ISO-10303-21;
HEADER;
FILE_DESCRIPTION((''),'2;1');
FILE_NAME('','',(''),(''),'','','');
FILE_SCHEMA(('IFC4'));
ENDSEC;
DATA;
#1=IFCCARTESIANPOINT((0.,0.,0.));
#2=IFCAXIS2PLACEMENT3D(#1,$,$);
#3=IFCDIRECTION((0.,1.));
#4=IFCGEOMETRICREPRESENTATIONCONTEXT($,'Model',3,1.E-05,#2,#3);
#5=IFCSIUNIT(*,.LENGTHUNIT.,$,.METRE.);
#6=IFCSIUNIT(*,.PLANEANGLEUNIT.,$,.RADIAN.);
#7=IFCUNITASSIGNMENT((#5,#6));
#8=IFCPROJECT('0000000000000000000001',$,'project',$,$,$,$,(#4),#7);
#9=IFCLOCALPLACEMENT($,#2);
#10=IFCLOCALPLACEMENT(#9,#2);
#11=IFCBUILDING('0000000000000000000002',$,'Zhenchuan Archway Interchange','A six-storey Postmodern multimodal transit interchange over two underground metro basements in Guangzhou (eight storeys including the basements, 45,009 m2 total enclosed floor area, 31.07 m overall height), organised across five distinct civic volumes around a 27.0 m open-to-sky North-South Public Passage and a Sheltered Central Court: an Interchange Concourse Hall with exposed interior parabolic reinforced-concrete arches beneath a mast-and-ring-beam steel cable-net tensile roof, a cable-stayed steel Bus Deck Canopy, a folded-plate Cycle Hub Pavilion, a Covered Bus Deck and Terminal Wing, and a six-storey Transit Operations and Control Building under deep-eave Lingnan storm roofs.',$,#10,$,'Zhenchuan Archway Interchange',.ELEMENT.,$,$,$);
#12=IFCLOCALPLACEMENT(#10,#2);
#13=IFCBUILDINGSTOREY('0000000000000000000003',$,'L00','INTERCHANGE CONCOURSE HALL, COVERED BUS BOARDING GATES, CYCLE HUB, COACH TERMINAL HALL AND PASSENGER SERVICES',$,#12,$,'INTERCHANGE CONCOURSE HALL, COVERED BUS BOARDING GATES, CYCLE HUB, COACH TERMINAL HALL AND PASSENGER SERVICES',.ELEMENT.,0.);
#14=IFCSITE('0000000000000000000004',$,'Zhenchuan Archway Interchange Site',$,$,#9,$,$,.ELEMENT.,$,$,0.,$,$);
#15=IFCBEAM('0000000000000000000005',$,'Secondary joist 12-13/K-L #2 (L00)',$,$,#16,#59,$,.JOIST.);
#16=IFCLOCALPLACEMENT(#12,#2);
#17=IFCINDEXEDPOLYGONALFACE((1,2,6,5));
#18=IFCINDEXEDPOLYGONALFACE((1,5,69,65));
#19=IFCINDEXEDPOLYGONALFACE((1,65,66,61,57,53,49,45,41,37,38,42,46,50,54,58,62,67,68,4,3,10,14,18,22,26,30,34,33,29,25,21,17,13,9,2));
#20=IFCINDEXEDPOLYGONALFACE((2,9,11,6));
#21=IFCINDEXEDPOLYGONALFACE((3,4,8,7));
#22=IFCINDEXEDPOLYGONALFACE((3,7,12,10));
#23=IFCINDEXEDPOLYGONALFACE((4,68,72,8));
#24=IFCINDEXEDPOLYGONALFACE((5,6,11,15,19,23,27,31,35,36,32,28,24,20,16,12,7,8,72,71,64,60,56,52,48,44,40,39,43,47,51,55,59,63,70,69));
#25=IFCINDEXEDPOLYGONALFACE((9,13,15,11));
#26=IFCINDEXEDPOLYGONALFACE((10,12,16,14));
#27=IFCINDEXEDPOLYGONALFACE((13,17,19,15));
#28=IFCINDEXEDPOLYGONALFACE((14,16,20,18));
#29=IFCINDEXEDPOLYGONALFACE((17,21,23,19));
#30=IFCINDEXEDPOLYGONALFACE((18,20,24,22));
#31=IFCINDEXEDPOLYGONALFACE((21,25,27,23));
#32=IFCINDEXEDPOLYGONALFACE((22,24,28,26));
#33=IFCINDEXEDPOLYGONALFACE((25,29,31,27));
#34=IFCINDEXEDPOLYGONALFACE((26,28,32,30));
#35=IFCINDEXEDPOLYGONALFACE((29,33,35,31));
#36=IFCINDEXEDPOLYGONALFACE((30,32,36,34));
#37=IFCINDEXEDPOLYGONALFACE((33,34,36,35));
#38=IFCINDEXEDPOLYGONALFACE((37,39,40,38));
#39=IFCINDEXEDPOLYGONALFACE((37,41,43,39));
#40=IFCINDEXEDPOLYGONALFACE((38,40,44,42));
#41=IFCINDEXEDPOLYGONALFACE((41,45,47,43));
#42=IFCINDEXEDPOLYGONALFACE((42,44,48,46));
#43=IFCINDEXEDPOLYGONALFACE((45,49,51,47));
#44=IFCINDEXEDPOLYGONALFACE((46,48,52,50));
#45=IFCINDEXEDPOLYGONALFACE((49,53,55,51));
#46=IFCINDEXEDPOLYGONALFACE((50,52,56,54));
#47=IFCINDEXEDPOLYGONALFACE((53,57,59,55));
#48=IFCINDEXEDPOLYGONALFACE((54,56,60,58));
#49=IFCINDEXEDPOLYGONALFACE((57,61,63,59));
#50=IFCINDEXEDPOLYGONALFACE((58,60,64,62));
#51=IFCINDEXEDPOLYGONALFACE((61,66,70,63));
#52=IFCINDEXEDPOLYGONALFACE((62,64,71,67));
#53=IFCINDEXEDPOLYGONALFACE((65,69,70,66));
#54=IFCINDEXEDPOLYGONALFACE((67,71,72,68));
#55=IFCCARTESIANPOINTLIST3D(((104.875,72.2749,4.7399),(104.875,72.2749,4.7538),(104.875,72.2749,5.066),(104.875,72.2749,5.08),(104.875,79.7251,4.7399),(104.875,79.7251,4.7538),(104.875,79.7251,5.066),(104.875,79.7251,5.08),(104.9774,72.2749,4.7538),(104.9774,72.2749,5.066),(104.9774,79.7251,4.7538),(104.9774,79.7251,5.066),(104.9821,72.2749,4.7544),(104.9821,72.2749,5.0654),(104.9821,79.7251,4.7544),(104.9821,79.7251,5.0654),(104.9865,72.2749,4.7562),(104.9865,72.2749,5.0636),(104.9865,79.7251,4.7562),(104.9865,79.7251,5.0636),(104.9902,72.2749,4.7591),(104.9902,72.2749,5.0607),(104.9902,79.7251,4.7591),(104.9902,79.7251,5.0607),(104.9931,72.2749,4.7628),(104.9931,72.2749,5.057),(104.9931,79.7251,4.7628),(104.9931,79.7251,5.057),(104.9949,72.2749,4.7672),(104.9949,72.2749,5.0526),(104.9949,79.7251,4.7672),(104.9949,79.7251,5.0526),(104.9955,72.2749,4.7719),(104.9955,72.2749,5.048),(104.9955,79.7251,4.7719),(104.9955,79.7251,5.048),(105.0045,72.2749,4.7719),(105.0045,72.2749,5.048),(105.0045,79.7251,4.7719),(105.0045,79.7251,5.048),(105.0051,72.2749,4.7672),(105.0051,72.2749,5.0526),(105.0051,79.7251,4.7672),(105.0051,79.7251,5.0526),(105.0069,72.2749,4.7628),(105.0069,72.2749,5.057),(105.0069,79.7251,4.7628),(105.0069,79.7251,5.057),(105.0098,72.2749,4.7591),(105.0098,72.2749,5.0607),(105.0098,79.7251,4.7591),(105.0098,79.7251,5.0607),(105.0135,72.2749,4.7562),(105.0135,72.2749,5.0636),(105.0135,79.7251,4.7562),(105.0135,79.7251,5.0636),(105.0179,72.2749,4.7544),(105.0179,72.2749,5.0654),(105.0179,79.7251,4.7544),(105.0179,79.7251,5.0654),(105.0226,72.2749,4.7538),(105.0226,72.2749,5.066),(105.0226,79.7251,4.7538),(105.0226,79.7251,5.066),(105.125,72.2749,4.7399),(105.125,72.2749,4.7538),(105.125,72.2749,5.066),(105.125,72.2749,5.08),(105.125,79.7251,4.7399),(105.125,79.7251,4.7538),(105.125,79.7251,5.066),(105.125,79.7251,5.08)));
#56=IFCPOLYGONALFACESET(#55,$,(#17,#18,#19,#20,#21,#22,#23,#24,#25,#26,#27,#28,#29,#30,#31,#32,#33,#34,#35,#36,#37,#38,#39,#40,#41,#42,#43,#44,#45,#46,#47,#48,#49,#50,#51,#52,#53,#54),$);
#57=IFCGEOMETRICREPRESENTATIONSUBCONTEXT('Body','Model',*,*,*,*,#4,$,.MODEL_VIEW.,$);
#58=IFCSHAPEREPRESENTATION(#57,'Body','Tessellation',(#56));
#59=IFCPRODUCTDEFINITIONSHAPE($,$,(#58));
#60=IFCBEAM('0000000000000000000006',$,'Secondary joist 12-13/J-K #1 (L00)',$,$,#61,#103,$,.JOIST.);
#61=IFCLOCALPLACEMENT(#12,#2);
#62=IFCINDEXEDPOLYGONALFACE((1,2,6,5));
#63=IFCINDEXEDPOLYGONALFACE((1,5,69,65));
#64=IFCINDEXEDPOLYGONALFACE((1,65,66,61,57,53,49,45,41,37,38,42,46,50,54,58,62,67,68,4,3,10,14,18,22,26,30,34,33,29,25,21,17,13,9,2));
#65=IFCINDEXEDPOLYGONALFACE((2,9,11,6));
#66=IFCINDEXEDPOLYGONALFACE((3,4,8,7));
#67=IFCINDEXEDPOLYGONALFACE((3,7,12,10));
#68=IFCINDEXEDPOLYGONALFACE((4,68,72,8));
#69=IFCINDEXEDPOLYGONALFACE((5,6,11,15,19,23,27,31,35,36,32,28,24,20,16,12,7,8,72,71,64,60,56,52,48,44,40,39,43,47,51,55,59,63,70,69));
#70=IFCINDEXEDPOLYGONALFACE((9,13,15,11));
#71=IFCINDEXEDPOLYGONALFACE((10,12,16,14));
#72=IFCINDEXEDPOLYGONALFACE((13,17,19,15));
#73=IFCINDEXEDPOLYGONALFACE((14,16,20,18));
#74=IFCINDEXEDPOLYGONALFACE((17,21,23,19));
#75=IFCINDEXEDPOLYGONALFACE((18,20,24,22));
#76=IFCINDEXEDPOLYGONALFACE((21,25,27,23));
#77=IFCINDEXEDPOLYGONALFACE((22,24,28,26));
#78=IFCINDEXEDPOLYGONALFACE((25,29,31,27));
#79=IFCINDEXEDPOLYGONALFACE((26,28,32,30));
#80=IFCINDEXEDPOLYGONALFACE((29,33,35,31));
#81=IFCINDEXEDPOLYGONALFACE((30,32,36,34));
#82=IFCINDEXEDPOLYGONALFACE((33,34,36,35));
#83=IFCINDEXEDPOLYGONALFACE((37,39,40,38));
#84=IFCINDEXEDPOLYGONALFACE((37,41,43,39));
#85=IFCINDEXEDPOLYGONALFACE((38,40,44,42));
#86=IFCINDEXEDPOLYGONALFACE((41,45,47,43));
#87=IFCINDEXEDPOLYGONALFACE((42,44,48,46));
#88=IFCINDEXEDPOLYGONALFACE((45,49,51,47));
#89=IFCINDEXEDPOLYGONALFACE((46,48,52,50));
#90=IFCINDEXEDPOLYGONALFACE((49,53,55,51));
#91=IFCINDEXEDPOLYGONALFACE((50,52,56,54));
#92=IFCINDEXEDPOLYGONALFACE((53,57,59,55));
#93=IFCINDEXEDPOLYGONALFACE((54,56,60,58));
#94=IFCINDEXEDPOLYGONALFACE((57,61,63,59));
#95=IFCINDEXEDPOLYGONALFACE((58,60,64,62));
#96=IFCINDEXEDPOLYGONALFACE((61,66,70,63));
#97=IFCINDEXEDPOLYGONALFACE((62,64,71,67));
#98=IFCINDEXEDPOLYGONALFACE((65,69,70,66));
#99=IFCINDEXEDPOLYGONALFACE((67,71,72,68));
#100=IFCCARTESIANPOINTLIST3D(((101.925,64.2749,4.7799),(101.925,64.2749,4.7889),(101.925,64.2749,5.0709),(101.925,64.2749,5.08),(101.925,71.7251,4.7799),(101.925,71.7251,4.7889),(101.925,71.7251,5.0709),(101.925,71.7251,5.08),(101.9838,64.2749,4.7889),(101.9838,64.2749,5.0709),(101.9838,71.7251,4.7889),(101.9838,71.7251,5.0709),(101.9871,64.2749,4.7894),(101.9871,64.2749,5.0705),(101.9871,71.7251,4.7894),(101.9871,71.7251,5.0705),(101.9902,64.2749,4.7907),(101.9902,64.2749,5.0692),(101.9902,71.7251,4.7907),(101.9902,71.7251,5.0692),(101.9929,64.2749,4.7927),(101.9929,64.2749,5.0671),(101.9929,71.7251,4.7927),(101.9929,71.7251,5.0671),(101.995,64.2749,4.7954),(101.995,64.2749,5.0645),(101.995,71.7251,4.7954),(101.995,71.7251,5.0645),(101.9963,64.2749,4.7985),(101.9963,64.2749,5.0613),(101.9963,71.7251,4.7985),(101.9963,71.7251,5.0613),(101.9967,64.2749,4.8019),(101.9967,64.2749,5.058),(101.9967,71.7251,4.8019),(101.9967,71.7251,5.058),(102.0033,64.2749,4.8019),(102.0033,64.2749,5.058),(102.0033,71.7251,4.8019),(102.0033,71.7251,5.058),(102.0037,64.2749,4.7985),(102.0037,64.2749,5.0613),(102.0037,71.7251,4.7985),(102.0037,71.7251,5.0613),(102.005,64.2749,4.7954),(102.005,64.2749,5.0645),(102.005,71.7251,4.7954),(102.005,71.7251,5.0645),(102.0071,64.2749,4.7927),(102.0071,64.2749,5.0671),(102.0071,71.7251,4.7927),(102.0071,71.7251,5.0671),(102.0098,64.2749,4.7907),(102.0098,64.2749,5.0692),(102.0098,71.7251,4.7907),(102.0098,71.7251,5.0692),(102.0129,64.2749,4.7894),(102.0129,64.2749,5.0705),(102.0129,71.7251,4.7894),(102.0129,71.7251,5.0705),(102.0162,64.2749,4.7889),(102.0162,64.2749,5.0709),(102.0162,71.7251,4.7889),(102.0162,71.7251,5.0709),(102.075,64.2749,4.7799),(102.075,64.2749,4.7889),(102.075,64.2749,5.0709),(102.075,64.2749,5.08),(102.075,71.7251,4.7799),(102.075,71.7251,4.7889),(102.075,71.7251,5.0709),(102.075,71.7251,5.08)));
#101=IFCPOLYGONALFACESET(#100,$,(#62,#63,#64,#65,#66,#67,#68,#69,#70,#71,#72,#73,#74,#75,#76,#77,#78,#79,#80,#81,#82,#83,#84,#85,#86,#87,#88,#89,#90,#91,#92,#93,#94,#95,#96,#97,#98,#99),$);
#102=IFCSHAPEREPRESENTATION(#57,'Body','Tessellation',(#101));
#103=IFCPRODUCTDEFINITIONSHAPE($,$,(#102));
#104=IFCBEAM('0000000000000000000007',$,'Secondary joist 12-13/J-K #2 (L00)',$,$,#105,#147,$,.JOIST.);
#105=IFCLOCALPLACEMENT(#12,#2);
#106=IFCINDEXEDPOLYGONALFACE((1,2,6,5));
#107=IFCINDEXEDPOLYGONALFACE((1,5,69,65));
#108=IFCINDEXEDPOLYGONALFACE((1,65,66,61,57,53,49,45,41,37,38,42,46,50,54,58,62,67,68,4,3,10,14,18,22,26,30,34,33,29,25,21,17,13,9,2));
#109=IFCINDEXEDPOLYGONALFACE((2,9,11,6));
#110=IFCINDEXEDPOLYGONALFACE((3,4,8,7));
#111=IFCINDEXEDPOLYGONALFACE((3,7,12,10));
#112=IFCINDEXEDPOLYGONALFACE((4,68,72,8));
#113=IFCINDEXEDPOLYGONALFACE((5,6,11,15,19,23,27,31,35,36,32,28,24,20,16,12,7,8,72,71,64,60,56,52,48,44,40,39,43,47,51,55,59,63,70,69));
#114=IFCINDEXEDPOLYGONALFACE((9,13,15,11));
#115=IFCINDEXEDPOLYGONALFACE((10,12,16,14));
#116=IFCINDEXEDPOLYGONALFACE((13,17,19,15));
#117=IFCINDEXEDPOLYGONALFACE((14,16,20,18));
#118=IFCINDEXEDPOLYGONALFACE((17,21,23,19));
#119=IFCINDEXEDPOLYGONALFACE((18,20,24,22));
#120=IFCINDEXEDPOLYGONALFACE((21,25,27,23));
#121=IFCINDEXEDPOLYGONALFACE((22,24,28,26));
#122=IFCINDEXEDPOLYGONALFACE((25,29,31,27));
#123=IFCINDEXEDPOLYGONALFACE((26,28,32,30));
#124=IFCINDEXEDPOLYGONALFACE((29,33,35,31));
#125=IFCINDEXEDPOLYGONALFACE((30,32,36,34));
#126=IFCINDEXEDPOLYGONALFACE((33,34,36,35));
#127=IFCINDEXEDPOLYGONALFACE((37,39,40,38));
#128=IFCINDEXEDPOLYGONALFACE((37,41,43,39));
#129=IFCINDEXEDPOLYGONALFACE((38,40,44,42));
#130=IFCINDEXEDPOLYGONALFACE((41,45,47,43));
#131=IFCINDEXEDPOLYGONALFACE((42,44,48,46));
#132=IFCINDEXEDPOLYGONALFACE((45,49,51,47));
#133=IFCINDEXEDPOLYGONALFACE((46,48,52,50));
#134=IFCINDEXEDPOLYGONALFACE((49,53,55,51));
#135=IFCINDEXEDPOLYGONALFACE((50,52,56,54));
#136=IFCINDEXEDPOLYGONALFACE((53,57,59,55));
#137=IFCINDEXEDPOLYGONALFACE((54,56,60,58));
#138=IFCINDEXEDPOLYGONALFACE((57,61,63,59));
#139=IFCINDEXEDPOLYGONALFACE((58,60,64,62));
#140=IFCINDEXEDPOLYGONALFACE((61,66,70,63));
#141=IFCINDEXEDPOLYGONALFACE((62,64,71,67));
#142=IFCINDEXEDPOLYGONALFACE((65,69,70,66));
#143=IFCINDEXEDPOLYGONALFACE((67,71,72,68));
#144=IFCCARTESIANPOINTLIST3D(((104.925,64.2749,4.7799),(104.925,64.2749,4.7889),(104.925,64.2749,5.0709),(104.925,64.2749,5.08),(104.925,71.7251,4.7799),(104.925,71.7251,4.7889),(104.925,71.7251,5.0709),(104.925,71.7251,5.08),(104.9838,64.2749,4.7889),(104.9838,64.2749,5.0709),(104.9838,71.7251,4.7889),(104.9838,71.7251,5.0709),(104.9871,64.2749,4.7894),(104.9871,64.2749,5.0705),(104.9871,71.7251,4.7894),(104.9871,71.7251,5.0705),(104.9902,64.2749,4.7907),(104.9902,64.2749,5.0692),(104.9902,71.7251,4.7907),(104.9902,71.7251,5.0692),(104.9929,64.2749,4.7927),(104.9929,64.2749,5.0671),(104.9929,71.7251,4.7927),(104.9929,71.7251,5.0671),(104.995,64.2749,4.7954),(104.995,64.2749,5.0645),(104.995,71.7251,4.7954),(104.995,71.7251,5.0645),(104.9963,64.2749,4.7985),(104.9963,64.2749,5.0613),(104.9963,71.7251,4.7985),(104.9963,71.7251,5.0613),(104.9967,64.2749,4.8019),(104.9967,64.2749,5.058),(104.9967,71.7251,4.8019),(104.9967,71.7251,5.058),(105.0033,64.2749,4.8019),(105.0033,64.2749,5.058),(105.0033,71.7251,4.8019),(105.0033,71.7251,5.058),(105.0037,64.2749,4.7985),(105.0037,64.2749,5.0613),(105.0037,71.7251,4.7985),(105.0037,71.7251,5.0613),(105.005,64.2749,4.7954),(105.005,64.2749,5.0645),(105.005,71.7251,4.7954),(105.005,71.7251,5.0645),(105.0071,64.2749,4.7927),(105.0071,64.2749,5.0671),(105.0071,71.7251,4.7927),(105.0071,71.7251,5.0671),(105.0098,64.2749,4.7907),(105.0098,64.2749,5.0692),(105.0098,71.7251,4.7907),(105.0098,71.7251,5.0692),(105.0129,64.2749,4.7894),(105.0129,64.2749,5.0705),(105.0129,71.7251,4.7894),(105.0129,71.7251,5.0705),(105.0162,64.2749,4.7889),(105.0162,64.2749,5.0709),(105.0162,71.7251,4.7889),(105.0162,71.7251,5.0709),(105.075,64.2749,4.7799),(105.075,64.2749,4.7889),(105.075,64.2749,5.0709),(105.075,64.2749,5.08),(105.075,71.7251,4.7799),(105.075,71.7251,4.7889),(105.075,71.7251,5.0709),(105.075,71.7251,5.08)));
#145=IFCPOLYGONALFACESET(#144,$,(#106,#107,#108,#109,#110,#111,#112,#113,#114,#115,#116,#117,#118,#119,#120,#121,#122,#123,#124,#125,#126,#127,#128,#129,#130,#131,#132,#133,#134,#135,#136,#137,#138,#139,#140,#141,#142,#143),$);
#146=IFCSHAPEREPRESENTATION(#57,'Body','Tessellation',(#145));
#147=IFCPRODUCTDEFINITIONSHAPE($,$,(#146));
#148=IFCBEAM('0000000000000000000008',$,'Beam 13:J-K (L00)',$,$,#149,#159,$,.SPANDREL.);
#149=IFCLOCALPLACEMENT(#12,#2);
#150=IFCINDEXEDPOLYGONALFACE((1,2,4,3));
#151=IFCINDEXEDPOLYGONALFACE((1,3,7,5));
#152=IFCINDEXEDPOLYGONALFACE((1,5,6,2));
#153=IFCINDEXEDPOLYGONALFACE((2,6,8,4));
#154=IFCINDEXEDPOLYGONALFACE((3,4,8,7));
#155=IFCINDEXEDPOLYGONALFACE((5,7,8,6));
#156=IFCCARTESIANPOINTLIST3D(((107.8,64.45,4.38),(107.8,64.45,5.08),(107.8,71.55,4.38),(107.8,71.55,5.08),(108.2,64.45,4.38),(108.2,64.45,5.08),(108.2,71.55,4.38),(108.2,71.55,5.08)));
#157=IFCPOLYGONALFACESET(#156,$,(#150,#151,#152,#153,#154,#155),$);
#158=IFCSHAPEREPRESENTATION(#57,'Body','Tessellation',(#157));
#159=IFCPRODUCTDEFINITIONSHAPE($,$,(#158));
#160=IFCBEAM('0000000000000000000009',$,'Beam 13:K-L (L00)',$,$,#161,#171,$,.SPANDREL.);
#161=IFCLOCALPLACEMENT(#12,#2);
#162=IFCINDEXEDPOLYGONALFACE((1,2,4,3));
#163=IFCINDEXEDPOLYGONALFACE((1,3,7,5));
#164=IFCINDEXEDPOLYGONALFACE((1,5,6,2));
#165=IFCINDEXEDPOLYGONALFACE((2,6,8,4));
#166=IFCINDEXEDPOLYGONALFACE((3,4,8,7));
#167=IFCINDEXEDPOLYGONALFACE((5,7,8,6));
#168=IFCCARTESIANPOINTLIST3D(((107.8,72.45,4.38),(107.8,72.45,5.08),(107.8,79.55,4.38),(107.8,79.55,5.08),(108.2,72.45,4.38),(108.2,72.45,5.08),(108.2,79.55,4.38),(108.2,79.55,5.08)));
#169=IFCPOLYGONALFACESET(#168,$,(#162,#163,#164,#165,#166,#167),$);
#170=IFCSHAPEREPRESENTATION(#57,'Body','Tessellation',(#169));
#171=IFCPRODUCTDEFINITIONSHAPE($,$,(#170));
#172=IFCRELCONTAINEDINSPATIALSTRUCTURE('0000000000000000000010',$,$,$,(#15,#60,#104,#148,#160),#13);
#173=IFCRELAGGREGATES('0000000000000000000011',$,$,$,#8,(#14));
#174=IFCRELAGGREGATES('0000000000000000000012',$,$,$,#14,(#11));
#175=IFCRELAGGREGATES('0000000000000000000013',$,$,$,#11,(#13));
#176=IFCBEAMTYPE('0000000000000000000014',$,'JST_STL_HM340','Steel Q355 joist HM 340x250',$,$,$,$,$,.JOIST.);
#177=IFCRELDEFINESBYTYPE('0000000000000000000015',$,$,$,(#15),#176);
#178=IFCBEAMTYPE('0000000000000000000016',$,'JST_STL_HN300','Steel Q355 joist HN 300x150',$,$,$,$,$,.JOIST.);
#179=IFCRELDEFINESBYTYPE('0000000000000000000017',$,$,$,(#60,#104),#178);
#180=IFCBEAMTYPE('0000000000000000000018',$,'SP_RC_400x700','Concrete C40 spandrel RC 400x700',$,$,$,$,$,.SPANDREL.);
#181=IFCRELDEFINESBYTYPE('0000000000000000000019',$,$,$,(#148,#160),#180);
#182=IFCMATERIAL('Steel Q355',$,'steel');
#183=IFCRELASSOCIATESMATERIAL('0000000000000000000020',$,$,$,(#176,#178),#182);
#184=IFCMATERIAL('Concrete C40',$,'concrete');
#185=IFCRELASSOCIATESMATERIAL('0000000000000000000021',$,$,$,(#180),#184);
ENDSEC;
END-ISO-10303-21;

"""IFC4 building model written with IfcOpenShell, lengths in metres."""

from ifc_helpers import new_model, si_unit, direction, frame, origin, origin_2d, place, context, subcontext, project, spatial, rectangle, i_section, extrude, material, material_profile, profile_set, type_object, element, save


model = new_model("IFC4")

# Units and contexts
model_context = context("Model", 3, precision=1e-05, world=origin(), true_north=direction((0.0, 1.0)))
body_context = subcontext(model_context, "Body", "Model", "MODEL_VIEW")
ifc_project = project(units=[si_unit("LENGTHUNIT", "METRE"), si_unit("PLANEANGLEUNIT", "RADIAN")], contexts=[model_context])

# Site, building, storey
site_placement = place(None, origin())
site = spatial("IfcSite", under=ifc_project, at=site_placement, Name="Zhenchuan Archway Interchange Site", CompositionType="ELEMENT", RefElevation=0.0)
building_placement = place(site_placement, origin())
building = spatial("IfcBuilding", under=site, at=building_placement, Name="Zhenchuan Archway Interchange", Description="A six-storey Postmodern multimodal transit interchange over two underground metro basements in Guangzhou (eight storeys including the basements, 45,009 m2 total enclosed floor area, 31.07 m overall height), organised across five distinct civic volumes around a 27.0 m open-to-sky North-South Public Passage and a Sheltered Central Court: an Interchange Concourse Hall with exposed interior parabolic reinforced-concrete arches beneath a mast-and-ring-beam steel cable-net tensile roof, a cable-stayed steel Bus Deck Canopy, a folded-plate Cycle Hub Pavilion, a Covered Bus Deck and Terminal Wing, and a six-storey Transit Operations and Control Building under deep-eave Lingnan storm roofs.", LongName="Zhenchuan Archway Interchange", CompositionType="ELEMENT")
storey_placement = place(building_placement, origin())
storey = spatial("IfcBuildingStorey", under=building, at=storey_placement, Name="L00", Description="INTERCHANGE CONCOURSE HALL, COVERED BUS BOARDING GATES, CYCLE HUB, COACH TERMINAL HALL AND PASSENGER SERVICES", LongName="INTERCHANGE CONCOURSE HALL, COVERED BUS BOARDING GATES, CYCLE HUB, COACH TERMINAL HALL AND PASSENGER SERVICES", CompositionType="ELEMENT", Elevation=0.0)

# Shared definitions
ifc_material_1 = material(Name="Concrete C40", Category="concrete")

# Beams
ifc_material_2 = material(Name="Steel Q355", Category="steel")
ifc_material_profile_1 = material_profile(ifc_material_2, i_section(OverallWidth=0.25, OverallDepth=0.3401, WebThickness=0.009, FlangeThickness=0.0139, FilletRadius=0.0181, at=origin_2d()), Name="HM 340x250")
ifc_profile_set_1 = profile_set([ifc_material_profile_1], Name="Steel Q355")
beam_type_1 = type_object("IfcBeamType", Name="JST_STL_HM340", Description="Steel Q355 joist HM 340x250", PredefinedType="JOIST", material=ifc_profile_set_1)
for number, where, z_axis, x_axis, name in (
    (1, (105.0, 72.2749, 4.9099), (0.0, 1.0, 0.0), (-1.0, 0.0, 0.0), "Secondary joist 12-13/K-L #2 (L00)"),
):
    element("IfcBeam", number, at=place(storey_placement, frame(where, z_axis=z_axis, x_axis=x_axis)), inside=storey, type_object=beam_type_1, Name=name, PredefinedType="JOIST", context=body_context, shape_type="SweptSolid", body=[
        extrude(i_section(OverallWidth=0.25, OverallDepth=0.3401, WebThickness=0.009, FlangeThickness=0.0139, FilletRadius=0.0181, at=origin_2d()), origin(), (0.0, 0.0, 1.0), 7.4502),
    ])
ifc_material_profile_2 = material_profile(ifc_material_2, i_section(OverallWidth=0.1499, OverallDepth=0.3, WebThickness=0.0066, FlangeThickness=0.009, FilletRadius=0.0129, at=origin_2d()), Name="HN 300x150")
ifc_profile_set_2 = profile_set([ifc_material_profile_2], Name="Steel Q355")
beam_type_2 = type_object("IfcBeamType", Name="JST_STL_HN300", Description="Steel Q355 joist HN 300x150", PredefinedType="JOIST", material=ifc_profile_set_2)
for number, where, z_axis, x_axis, name in (
    (2, (102.0, 64.2749, 4.9299), (0.0, 1.0, 0.0), (-1.0, 0.0, 0.0), "Secondary joist 12-13/J-K #1 (L00)"),
    (3, (105.0, 64.2749, 4.9299), (0.0, 1.0, 0.0), (-1.0, 0.0, 0.0), "Secondary joist 12-13/J-K #2 (L00)"),
):
    element("IfcBeam", number, at=place(storey_placement, frame(where, z_axis=z_axis, x_axis=x_axis)), inside=storey, type_object=beam_type_2, Name=name, PredefinedType="JOIST", context=body_context, shape_type="SweptSolid", body=[
        extrude(i_section(OverallWidth=0.1499, OverallDepth=0.3, WebThickness=0.0066, FlangeThickness=0.009, FilletRadius=0.0129, at=origin_2d()), origin(), (0.0, 0.0, 1.0), 7.4502),
    ])
ifc_material_profile_3 = material_profile(ifc_material_1, rectangle(XDim=0.3999, YDim=0.7, at=origin_2d()), Name="RC 400x700")
ifc_profile_set_3 = profile_set([ifc_material_profile_3], Name="Concrete C40")
beam_type_3 = type_object("IfcBeamType", Name="SP_RC_400x700", Description="Concrete C40 spandrel RC 400x700", PredefinedType="SPANDREL", material=ifc_profile_set_3)
for number, where, z_axis, x_axis, name in (
    (4, (108.0, 64.45, 4.73), (0.0, 1.0, 0.0), (-1.0, 0.0, 0.0), "Beam 13:J-K (L00)"),
    (5, (108.0, 72.45, 4.73), (0.0, 1.0, 0.0), (-1.0, 0.0, 0.0), "Beam 13:K-L (L00)"),
):
    element("IfcBeam", number, at=place(storey_placement, frame(where, z_axis=z_axis, x_axis=x_axis)), inside=storey, type_object=beam_type_3, Name=name, PredefinedType="SPANDREL", context=body_context, shape_type="SweptSolid", body=[
        extrude(rectangle(XDim=0.3999, YDim=0.7, at=origin_2d()), origin(), (0.0, 0.0, 1.0), 7.1001),
    ])

save(model, "model.ifc")
